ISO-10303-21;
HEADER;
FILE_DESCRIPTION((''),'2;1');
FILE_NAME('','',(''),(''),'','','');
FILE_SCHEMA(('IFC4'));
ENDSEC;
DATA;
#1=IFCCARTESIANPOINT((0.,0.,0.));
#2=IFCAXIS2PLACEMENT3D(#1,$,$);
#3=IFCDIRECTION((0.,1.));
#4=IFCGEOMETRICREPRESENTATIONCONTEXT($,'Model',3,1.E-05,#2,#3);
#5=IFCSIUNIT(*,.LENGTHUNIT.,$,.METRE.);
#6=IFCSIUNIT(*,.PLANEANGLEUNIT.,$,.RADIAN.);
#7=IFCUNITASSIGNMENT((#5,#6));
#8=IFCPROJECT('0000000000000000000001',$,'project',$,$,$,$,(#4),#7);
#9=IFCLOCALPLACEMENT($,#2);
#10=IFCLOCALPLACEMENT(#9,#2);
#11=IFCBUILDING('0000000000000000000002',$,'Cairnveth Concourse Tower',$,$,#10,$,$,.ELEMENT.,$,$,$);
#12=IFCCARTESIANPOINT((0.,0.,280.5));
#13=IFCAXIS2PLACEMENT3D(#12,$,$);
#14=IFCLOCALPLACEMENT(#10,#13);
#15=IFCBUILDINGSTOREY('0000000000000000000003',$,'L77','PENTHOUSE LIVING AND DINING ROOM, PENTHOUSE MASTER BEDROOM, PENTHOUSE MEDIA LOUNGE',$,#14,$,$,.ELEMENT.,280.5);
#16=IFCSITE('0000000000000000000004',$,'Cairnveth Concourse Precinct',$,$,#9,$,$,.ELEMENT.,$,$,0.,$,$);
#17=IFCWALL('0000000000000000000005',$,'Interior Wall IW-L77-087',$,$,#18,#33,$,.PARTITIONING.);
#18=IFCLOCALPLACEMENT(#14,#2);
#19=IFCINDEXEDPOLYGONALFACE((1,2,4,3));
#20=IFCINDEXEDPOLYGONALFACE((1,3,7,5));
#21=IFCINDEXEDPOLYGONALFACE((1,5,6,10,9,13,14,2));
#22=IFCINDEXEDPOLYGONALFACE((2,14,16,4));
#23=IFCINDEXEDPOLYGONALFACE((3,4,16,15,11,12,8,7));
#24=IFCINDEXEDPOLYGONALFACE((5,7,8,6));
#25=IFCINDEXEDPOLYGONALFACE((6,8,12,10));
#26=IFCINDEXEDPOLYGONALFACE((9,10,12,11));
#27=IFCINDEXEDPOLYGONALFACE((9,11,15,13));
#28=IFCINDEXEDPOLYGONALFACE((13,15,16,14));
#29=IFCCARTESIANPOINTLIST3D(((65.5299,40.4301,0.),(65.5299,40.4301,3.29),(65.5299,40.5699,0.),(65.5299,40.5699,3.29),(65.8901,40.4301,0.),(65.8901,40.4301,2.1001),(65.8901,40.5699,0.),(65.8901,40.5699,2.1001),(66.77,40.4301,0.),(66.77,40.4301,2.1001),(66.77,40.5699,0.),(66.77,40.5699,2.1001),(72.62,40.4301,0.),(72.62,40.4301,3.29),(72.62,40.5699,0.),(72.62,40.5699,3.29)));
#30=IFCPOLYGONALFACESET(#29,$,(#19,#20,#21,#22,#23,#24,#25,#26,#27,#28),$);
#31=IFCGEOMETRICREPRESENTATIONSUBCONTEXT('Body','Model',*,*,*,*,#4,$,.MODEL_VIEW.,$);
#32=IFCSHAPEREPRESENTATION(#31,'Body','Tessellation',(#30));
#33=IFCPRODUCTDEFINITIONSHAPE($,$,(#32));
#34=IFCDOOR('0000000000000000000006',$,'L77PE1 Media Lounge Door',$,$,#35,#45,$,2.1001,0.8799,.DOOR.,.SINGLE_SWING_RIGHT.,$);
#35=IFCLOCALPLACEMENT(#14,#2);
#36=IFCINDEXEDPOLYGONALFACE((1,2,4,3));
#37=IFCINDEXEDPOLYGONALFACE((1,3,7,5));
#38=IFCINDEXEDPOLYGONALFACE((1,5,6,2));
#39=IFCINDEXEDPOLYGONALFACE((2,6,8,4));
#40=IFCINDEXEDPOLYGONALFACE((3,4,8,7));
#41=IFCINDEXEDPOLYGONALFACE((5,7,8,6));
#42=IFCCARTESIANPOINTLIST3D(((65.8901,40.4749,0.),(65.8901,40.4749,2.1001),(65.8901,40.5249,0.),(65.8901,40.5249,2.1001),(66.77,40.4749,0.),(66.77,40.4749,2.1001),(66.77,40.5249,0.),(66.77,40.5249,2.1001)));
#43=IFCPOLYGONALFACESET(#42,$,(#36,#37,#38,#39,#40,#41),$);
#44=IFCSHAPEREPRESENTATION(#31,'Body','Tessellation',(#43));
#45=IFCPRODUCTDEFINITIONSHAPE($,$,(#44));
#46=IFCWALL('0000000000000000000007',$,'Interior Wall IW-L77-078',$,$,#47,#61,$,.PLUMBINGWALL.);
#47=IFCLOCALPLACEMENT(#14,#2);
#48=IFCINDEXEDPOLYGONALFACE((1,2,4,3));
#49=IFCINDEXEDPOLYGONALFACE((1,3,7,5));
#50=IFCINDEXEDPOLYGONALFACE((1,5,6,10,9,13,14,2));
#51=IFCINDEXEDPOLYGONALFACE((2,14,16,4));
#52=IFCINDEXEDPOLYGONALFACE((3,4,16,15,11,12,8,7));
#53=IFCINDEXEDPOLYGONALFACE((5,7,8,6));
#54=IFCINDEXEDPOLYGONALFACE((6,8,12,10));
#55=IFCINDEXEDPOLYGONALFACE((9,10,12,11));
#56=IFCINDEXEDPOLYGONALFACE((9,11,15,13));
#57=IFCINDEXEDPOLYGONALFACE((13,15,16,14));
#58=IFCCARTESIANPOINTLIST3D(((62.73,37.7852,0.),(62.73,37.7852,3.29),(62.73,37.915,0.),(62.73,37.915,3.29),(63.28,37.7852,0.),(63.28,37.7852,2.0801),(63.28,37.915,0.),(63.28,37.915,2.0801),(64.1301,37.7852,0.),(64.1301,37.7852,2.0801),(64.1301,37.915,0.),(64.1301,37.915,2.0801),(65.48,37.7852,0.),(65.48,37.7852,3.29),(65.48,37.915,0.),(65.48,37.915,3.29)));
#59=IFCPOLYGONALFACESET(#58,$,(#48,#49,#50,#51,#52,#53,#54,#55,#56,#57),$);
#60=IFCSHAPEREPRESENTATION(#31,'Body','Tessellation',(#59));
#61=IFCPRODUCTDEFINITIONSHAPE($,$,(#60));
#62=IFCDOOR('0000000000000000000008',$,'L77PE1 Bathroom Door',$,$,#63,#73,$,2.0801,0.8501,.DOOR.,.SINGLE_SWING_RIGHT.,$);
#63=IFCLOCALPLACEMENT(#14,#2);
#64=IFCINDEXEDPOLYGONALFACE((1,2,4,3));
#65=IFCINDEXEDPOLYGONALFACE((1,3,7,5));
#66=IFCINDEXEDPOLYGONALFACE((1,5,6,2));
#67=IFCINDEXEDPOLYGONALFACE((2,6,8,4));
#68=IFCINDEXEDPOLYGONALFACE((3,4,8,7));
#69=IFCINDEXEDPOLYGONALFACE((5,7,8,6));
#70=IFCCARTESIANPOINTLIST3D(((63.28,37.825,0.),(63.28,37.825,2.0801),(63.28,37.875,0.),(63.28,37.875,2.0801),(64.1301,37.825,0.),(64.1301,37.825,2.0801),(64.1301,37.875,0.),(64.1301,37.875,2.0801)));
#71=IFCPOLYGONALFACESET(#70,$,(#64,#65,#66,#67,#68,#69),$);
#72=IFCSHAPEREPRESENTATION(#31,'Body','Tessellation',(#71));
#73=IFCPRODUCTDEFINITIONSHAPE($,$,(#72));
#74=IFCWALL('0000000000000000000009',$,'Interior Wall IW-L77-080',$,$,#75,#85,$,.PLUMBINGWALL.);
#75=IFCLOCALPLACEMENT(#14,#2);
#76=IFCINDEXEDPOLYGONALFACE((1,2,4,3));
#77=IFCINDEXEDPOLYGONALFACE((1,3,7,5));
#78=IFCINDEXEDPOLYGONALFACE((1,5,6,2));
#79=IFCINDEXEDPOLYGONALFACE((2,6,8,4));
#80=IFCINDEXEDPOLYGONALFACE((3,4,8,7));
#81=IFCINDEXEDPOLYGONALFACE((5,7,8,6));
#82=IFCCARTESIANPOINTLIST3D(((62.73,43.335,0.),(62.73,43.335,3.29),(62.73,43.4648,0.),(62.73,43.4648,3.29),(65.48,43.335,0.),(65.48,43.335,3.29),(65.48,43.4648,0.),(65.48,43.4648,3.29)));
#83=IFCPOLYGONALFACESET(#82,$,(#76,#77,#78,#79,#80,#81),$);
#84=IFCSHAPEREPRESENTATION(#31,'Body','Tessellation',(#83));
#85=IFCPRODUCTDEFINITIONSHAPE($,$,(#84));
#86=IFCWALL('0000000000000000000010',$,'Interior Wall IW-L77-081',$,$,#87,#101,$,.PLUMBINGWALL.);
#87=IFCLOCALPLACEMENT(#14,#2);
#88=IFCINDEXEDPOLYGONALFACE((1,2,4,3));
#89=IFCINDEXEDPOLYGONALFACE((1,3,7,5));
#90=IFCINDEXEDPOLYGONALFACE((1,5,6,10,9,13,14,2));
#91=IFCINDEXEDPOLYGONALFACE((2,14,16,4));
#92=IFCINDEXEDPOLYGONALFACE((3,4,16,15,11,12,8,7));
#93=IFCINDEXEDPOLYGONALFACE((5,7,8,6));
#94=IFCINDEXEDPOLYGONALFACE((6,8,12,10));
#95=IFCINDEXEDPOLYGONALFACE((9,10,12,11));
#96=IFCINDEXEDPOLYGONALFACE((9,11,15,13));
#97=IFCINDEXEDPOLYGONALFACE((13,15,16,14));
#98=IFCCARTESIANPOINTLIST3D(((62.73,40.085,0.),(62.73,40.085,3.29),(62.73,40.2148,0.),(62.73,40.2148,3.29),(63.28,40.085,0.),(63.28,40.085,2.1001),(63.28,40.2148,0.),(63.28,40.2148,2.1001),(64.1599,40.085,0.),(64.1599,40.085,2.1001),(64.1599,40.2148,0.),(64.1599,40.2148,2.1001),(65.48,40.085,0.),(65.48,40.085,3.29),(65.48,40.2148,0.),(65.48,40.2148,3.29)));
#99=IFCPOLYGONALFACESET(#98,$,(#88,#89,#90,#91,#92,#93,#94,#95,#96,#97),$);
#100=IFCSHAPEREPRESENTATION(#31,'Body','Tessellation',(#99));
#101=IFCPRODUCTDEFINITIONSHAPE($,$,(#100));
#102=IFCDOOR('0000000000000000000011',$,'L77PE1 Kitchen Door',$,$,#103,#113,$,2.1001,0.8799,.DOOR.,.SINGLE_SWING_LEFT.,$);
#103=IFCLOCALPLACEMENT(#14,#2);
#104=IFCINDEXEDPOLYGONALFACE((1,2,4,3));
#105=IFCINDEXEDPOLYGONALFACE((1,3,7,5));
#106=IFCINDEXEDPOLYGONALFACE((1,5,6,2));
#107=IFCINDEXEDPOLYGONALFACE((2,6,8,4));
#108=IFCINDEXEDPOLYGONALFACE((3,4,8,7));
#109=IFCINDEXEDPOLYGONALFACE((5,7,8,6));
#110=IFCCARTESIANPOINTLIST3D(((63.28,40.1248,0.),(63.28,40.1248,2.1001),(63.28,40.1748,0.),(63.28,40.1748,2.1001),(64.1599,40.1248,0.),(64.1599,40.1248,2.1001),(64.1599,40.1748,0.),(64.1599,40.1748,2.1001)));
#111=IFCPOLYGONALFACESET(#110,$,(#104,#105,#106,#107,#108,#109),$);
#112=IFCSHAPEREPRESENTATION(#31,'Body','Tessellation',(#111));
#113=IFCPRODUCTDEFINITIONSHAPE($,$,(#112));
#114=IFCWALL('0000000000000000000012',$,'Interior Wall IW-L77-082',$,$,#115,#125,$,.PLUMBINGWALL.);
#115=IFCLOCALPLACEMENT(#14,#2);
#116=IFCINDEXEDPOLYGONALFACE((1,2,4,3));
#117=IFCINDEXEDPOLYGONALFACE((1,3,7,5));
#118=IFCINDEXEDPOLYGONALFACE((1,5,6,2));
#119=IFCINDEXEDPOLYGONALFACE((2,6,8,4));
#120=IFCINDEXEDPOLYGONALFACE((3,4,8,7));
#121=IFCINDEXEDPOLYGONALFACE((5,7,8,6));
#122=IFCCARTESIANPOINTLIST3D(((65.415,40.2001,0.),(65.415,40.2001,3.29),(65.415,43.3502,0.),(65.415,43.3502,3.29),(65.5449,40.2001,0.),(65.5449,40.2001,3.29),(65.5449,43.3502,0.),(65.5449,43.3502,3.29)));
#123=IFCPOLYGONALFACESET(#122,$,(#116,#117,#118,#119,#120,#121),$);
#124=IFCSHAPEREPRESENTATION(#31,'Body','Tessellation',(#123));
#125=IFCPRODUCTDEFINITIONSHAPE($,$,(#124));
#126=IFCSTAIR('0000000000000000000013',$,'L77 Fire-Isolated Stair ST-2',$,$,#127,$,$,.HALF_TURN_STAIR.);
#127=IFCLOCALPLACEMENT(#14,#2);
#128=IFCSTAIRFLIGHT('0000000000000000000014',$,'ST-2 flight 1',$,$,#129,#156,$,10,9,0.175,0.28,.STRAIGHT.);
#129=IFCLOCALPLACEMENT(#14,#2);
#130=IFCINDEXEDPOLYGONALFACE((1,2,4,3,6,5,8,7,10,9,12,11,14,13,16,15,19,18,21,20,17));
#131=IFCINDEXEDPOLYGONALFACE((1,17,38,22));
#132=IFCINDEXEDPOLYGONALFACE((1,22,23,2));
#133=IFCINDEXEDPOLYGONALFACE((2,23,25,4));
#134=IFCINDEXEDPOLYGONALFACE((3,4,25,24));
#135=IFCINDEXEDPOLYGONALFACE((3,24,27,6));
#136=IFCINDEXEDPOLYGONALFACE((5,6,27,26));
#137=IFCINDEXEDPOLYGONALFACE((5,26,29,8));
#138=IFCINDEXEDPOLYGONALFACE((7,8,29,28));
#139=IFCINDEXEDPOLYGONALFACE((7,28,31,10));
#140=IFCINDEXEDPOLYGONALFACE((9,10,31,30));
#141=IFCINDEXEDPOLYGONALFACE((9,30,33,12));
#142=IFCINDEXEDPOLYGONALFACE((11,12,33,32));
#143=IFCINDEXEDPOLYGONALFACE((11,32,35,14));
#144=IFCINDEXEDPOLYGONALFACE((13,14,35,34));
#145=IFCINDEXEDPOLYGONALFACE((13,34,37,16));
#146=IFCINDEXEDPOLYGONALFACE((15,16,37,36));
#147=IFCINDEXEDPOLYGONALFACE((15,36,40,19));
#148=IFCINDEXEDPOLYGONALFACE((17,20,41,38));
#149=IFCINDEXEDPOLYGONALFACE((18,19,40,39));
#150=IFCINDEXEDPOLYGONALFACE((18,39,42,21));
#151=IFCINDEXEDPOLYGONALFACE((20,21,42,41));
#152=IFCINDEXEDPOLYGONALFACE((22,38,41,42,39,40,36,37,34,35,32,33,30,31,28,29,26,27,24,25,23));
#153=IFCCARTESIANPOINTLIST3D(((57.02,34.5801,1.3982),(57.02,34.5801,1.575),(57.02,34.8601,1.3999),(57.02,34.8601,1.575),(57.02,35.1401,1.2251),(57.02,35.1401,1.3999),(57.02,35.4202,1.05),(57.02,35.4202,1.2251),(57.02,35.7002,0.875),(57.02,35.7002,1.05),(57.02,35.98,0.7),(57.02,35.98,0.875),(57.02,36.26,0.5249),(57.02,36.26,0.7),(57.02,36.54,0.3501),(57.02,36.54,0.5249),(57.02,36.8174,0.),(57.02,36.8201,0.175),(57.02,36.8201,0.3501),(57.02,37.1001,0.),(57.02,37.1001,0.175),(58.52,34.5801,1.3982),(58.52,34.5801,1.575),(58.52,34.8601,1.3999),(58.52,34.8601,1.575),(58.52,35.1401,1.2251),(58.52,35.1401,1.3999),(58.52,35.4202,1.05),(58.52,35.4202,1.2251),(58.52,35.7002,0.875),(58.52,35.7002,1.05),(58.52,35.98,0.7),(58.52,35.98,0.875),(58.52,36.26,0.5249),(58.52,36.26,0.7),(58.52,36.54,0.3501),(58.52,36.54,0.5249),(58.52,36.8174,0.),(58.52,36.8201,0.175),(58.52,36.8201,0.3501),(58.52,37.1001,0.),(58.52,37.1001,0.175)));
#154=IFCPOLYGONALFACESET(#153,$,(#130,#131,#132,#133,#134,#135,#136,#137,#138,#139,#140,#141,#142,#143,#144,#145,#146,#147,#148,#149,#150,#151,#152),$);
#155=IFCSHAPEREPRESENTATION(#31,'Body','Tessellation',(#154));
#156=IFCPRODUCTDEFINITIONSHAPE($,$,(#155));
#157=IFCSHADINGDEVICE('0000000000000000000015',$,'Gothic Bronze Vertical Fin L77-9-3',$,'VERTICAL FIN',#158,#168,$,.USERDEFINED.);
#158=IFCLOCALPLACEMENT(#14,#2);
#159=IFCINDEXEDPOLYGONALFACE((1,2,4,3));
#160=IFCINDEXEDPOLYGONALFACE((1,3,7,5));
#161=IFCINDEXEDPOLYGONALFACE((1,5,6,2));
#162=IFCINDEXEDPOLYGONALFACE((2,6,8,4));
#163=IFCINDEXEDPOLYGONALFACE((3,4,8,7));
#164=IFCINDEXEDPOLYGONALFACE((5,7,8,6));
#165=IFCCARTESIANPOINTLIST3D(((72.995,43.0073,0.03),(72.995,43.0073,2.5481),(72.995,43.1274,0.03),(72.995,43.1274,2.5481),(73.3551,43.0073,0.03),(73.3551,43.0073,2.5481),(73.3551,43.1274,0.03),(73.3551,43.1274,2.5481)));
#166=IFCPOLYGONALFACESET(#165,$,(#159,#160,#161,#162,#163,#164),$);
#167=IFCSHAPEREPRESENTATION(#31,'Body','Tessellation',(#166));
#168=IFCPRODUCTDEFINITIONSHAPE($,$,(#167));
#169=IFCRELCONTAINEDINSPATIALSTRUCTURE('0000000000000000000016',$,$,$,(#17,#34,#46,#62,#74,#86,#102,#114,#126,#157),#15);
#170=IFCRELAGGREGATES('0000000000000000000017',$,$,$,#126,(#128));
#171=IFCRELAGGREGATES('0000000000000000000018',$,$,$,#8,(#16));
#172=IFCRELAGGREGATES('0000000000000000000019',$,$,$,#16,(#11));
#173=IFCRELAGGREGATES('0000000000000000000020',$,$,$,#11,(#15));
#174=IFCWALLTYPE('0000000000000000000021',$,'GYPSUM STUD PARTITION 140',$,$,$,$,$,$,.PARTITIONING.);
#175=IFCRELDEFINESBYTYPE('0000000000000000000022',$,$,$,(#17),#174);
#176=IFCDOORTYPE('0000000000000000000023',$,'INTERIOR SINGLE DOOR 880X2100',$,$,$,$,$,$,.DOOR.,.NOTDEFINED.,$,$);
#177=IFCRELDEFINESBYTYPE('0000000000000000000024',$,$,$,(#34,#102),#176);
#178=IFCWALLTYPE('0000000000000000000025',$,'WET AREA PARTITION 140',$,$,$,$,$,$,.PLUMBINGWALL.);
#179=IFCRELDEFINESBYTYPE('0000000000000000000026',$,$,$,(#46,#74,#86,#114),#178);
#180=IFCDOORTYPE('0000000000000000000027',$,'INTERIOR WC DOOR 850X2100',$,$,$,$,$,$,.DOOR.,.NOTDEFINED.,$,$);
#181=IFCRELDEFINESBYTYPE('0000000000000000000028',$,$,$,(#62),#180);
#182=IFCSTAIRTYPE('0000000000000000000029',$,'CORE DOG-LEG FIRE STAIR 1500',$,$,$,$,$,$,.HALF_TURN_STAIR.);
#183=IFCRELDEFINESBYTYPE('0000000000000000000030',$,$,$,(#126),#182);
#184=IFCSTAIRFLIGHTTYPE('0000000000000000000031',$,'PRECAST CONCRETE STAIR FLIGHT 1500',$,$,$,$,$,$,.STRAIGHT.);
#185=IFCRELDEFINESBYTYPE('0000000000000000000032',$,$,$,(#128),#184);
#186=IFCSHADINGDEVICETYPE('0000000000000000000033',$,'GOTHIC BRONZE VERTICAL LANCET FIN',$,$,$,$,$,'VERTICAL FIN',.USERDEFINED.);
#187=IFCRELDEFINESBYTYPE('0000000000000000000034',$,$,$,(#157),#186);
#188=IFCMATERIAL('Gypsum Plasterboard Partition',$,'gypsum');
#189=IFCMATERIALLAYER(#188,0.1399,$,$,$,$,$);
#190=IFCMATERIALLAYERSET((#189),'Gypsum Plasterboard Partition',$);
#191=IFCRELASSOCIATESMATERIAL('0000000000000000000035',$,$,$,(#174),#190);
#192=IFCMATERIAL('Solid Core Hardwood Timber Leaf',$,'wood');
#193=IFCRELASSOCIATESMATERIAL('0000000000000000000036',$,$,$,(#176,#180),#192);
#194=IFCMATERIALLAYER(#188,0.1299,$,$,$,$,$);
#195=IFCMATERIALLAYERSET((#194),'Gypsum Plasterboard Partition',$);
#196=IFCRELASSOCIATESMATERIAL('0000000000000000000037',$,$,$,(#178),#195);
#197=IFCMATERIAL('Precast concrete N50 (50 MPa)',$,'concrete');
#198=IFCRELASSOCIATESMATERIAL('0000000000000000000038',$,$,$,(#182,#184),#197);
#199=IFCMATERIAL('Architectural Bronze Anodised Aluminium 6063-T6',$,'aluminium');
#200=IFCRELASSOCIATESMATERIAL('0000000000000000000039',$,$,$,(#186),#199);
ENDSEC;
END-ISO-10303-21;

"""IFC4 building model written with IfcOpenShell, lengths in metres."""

from ifc_helpers import new_model, si_unit, direction, frame, frame_2d, origin, origin_2d, place, context, subcontext, project, spatial, polyline, rectangle, outline, extrude, material, layer, layer_set, type_object, element, fill, aggregate, save


model = new_model("IFC4")

# Units and contexts
model_context = context("Model", 3, precision=1e-05, world=origin(), true_north=direction((0.0, 1.0)))
body_context = subcontext(model_context, "Body", "Model", "MODEL_VIEW")
ifc_project = project(units=[si_unit("LENGTHUNIT", "METRE"), si_unit("PLANEANGLEUNIT", "RADIAN")], contexts=[model_context])

# Site, building, storey
site_placement = place(None, origin())
site = spatial("IfcSite", under=ifc_project, at=site_placement, Name="Cairnveth Concourse Precinct", CompositionType="ELEMENT", RefElevation=0.0)
building_placement = place(site_placement, origin())
building = spatial("IfcBuilding", under=site, at=building_placement, Name="Cairnveth Concourse Tower", CompositionType="ELEMENT")
storey_placement = place(building_placement, frame((0.0, 0.0, 280.5)))
storey = spatial("IfcBuildingStorey", under=building, at=storey_placement, Name="L77", Description="PENTHOUSE LIVING AND DINING ROOM, PENTHOUSE MASTER BEDROOM, PENTHOUSE MEDIA LOUNGE", CompositionType="ELEMENT", Elevation=280.5)

# Walls, openings, doors
ifc_material_1 = material(Name="Gypsum Plasterboard Partition", Category="gypsum")
ifc_layer_1 = layer(ifc_material_1, 0.1399)
ifc_layer_set_1 = layer_set([ifc_layer_1], Name="Gypsum Plasterboard Partition")
wall_type_1 = type_object("IfcWallType", Name="GYPSUM STUD PARTITION 140", PredefinedType="PARTITIONING", material=ifc_layer_set_1)
ifc_material_2 = material(Name="Solid Core Hardwood Timber Leaf", Category="wood")
door_type_1 = type_object("IfcDoorType", Name="INTERIOR SINGLE DOOR 880X2100", OperationType="NOTDEFINED", PredefinedType="DOOR", material=ifc_material_2)
wall_1_placement = place(storey_placement, frame((65.53, 40.5, 0.0), z_axis=(0.0, 0.0, 1.0), x_axis=(1.0, 0.0, 0.0)))
wall_1 = element("IfcWall", 1, at=wall_1_placement, inside=storey, type_object=wall_type_1, Name="Interior Wall IW-L77-087", PredefinedType="PARTITIONING", context=body_context, shape_type="SweptSolid", body=[
    extrude(rectangle(XDim=7.0901, YDim=0.1399, at=frame_2d((3.5449, 0.0))), origin(), (0.0, 0.0, 1.0), 3.29),
])
opening_1_placement = place(wall_1_placement, frame((0.3601, 0.0, 0.0)))
opening_1 = element("IfcOpeningElement", 2, at=opening_1_placement, cuts=wall_1, PredefinedType="OPENING", context=body_context, shape_type="SweptSolid", body=[
    extrude(rectangle(XDim=0.8799, YDim=2.1001, at=frame_2d((0.4399, 1.05))), frame((0.0, 0.0798, 0.0), z_axis=(0.0, -1.0, 0.0), x_axis=(1.0, 0.0, 0.0)), (0.0, 0.0, 1.0), 0.1599),
])
door_1_placement = place(opening_1_placement, origin())
door_1 = element("IfcDoor", 3, at=door_1_placement, inside=storey, type_object=door_type_1, Name="L77PE1 Media Lounge Door", OperationType="SINGLE_SWING_RIGHT", OverallHeight=2.1001, OverallWidth=0.8799, PredefinedType="DOOR", context=body_context, shape_type="SweptSolid", body=[
    extrude(rectangle(XDim=0.8799, YDim=2.1001, at=frame_2d((0.4399, 1.05))), frame((0.0, 0.0249, 0.0), z_axis=(0.0, -1.0, 0.0), x_axis=(1.0, 0.0, 0.0)), (0.0, 0.0, 1.0), 0.05),
])
fill(opening_1, door_1)
ifc_layer_2 = layer(ifc_material_1, 0.1299)
ifc_layer_set_2 = layer_set([ifc_layer_2], Name="Gypsum Plasterboard Partition")
wall_type_2 = type_object("IfcWallType", Name="WET AREA PARTITION 140", PredefinedType="PLUMBINGWALL", material=ifc_layer_set_2)
wall_2_placement = place(storey_placement, frame((62.73, 37.8501, 0.0), z_axis=(0.0, 0.0, 1.0), x_axis=(1.0, 0.0, 0.0)))
wall_2 = element("IfcWall", 4, at=wall_2_placement, inside=storey, type_object=wall_type_2, Name="Interior Wall IW-L77-078", PredefinedType="PLUMBINGWALL", context=body_context, shape_type="SweptSolid", body=[
    extrude(rectangle(XDim=2.75, YDim=0.1299, at=frame_2d((1.375, 0.0))), origin(), (0.0, 0.0, 1.0), 3.29),
])
opening_2_placement = place(wall_2_placement, frame((0.55, 0.0, 0.0)))
opening_2 = element("IfcOpeningElement", 5, at=opening_2_placement, cuts=wall_2, PredefinedType="OPENING", context=body_context, shape_type="SweptSolid", body=[
    extrude(rectangle(XDim=0.8501, YDim=2.0801, at=frame_2d((0.425, 1.04))), frame((0.0, 0.075, 0.0), z_axis=(0.0, -1.0, 0.0), x_axis=(1.0, 0.0, 0.0)), (0.0, 0.0, 1.0), 0.1499),
])
door_type_2 = type_object("IfcDoorType", Name="INTERIOR WC DOOR 850X2100", OperationType="NOTDEFINED", PredefinedType="DOOR", material=ifc_material_2)
door_2_placement = place(opening_2_placement, origin())
door_2 = element("IfcDoor", 6, at=door_2_placement, inside=storey, type_object=door_type_2, Name="L77PE1 Bathroom Door", OperationType="SINGLE_SWING_RIGHT", OverallHeight=2.0801, OverallWidth=0.8501, PredefinedType="DOOR", context=body_context, shape_type="SweptSolid", body=[
    extrude(rectangle(XDim=0.8501, YDim=2.0801, at=frame_2d((0.425, 1.04))), frame((0.0, 0.0249, 0.0), z_axis=(0.0, -1.0, 0.0), x_axis=(1.0, 0.0, 0.0)), (0.0, 0.0, 1.0), 0.05),
])
fill(opening_2, door_2)

# Wall
wall_3_placement = place(storey_placement, frame((62.73, 43.3999, 0.0), z_axis=(0.0, 0.0, 1.0), x_axis=(1.0, 0.0, 0.0)))
element("IfcWall", 7, at=wall_3_placement, inside=storey, type_object=wall_type_2, Name="Interior Wall IW-L77-080", PredefinedType="PLUMBINGWALL", context=body_context, shape_type="SweptSolid", body=[
    extrude(rectangle(XDim=2.75, YDim=0.1299, at=frame_2d((1.375, 0.0))), origin(), (0.0, 0.0, 1.0), 3.29),
])

# Wall, opening, door
wall_4_placement = place(storey_placement, frame((62.73, 40.1499, 0.0), z_axis=(0.0, 0.0, 1.0), x_axis=(1.0, 0.0, 0.0)))
wall_4 = element("IfcWall", 8, at=wall_4_placement, inside=storey, type_object=wall_type_2, Name="Interior Wall IW-L77-081", PredefinedType="PLUMBINGWALL", context=body_context, shape_type="SweptSolid", body=[
    extrude(rectangle(XDim=2.75, YDim=0.1299, at=frame_2d((1.375, 0.0))), origin(), (0.0, 0.0, 1.0), 3.29),
])
opening_3_placement = place(wall_4_placement, frame((0.55, 0.0, 0.0)))
opening_3 = element("IfcOpeningElement", 9, at=opening_3_placement, cuts=wall_4, PredefinedType="OPENING", context=body_context, shape_type="SweptSolid", body=[
    extrude(rectangle(XDim=0.8799, YDim=2.1001, at=frame_2d((0.4399, 1.05))), frame((0.0, 0.075, 0.0), z_axis=(0.0, -1.0, 0.0), x_axis=(1.0, 0.0, 0.0)), (0.0, 0.0, 1.0), 0.1499),
])
door_3_placement = place(opening_3_placement, origin())
door_3 = element("IfcDoor", 10, at=door_3_placement, inside=storey, type_object=door_type_1, Name="L77PE1 Kitchen Door", OperationType="SINGLE_SWING_LEFT", OverallHeight=2.1001, OverallWidth=0.8799, PredefinedType="DOOR", context=body_context, shape_type="SweptSolid", body=[
    extrude(rectangle(XDim=0.8799, YDim=2.1001, at=frame_2d((0.4399, 1.05))), frame((0.0, 0.0249, 0.0), z_axis=(0.0, -1.0, 0.0), x_axis=(1.0, 0.0, 0.0)), (0.0, 0.0, 1.0), 0.05),
])
fill(opening_3, door_3)

# Wall
wall_5_placement = place(storey_placement, frame((65.48, 40.2, 0.0), z_axis=(0.0, 0.0, 1.0), x_axis=(0.0, 1.0, 0.0)))
element("IfcWall", 11, at=wall_5_placement, inside=storey, type_object=wall_type_2, Name="Interior Wall IW-L77-082", PredefinedType="PLUMBINGWALL", context=body_context, shape_type="SweptSolid", body=[
    extrude(rectangle(XDim=3.1501, YDim=0.1299, at=frame_2d((1.5752, 0.0))), origin(), (0.0, 0.0, 1.0), 3.29),
])

# Stair, stair flight
ifc_material_3 = material(Name="Precast concrete N50 (50 MPa)", Category="concrete")
stair_type = type_object("IfcStairType", Name="CORE DOG-LEG FIRE STAIR 1500", PredefinedType="HALF_TURN_STAIR", material=ifc_material_3)
stair_placement = place(storey_placement, origin())
stair = element("IfcStair", 12, at=stair_placement, inside=storey, type_object=stair_type, Name="L77 Fire-Isolated Stair ST-2", PredefinedType="HALF_TURN_STAIR")
stair_flight_type = type_object("IfcStairFlightType", Name="PRECAST CONCRETE STAIR FLIGHT 1500", PredefinedType="STRAIGHT", material=ifc_material_3)
stair_flight_placement = place(storey_placement, frame((57.77, 37.1001, 0.0), z_axis=(0.0, 0.0, 1.0), x_axis=(0.0, -1.0, 0.0)))
stair_flight = element("IfcStairFlight", 13, at=stair_flight_placement, type_object=stair_flight_type, Name="ST-2 flight 1", NumberOfRisers=10, NumberOfTreads=9, PredefinedType="STRAIGHT", RiserHeight=0.175, TreadLength=0.28, context=body_context, shape_type="SweptSolid", body=[
    extrude(outline(polyline([(0.0, 0.0), (0.0, 0.175), (0.28, 0.175), (0.28, 0.3501), (0.5601, 0.3501), (0.5601, 0.5249), (0.8401, 0.5249), (0.8401, 0.7), (1.1201, 0.7), (1.1201, 0.875), (1.3999, 0.875), (1.3999, 1.05), (1.6799, 1.05), (1.6799, 1.2251), (1.96, 1.2251), (1.96, 1.3999), (2.24, 1.3999), (2.24, 1.575), (2.52, 1.575), (2.52, 1.75), (2.52, 1.3982), (0.2827, 0.0), (0.0, 0.0)])), frame((0.0, 0.75, 0.0), z_axis=(0.0, -1.0, 0.0), x_axis=(1.0, 0.0, 0.0)), (0.0, 0.0, 1.0), 1.5),
])
aggregate(stair, [stair_flight])

# Shading device
ifc_material_4 = material(Name="Architectural Bronze Anodised Aluminium 6063-T6", Category="aluminium")
shading_device_type = type_object("IfcShadingDeviceType", Name="GOTHIC BRONZE VERTICAL LANCET FIN", ElementType="VERTICAL FIN", PredefinedType="USERDEFINED", material=ifc_material_4)
shading_device_placement = place(storey_placement, frame((73.175, 43.0674, 0.03), z_axis=(0.0, 0.0, 1.0), x_axis=(0.0, 1.0, 0.0)))
element("IfcShadingDevice", 14, at=shading_device_placement, inside=storey, type_object=shading_device_type, Name="Gothic Bronze Vertical Fin L77-9-3", ObjectType="VERTICAL FIN", PredefinedType="USERDEFINED", context=body_context, shape_type="SweptSolid", body=[
    extrude(rectangle(XDim=0.1201, YDim=0.3601, at=origin_2d()), origin(), (0.0, 0.0, 1.0), 2.5181),
])

save(model, "model.ifc")
